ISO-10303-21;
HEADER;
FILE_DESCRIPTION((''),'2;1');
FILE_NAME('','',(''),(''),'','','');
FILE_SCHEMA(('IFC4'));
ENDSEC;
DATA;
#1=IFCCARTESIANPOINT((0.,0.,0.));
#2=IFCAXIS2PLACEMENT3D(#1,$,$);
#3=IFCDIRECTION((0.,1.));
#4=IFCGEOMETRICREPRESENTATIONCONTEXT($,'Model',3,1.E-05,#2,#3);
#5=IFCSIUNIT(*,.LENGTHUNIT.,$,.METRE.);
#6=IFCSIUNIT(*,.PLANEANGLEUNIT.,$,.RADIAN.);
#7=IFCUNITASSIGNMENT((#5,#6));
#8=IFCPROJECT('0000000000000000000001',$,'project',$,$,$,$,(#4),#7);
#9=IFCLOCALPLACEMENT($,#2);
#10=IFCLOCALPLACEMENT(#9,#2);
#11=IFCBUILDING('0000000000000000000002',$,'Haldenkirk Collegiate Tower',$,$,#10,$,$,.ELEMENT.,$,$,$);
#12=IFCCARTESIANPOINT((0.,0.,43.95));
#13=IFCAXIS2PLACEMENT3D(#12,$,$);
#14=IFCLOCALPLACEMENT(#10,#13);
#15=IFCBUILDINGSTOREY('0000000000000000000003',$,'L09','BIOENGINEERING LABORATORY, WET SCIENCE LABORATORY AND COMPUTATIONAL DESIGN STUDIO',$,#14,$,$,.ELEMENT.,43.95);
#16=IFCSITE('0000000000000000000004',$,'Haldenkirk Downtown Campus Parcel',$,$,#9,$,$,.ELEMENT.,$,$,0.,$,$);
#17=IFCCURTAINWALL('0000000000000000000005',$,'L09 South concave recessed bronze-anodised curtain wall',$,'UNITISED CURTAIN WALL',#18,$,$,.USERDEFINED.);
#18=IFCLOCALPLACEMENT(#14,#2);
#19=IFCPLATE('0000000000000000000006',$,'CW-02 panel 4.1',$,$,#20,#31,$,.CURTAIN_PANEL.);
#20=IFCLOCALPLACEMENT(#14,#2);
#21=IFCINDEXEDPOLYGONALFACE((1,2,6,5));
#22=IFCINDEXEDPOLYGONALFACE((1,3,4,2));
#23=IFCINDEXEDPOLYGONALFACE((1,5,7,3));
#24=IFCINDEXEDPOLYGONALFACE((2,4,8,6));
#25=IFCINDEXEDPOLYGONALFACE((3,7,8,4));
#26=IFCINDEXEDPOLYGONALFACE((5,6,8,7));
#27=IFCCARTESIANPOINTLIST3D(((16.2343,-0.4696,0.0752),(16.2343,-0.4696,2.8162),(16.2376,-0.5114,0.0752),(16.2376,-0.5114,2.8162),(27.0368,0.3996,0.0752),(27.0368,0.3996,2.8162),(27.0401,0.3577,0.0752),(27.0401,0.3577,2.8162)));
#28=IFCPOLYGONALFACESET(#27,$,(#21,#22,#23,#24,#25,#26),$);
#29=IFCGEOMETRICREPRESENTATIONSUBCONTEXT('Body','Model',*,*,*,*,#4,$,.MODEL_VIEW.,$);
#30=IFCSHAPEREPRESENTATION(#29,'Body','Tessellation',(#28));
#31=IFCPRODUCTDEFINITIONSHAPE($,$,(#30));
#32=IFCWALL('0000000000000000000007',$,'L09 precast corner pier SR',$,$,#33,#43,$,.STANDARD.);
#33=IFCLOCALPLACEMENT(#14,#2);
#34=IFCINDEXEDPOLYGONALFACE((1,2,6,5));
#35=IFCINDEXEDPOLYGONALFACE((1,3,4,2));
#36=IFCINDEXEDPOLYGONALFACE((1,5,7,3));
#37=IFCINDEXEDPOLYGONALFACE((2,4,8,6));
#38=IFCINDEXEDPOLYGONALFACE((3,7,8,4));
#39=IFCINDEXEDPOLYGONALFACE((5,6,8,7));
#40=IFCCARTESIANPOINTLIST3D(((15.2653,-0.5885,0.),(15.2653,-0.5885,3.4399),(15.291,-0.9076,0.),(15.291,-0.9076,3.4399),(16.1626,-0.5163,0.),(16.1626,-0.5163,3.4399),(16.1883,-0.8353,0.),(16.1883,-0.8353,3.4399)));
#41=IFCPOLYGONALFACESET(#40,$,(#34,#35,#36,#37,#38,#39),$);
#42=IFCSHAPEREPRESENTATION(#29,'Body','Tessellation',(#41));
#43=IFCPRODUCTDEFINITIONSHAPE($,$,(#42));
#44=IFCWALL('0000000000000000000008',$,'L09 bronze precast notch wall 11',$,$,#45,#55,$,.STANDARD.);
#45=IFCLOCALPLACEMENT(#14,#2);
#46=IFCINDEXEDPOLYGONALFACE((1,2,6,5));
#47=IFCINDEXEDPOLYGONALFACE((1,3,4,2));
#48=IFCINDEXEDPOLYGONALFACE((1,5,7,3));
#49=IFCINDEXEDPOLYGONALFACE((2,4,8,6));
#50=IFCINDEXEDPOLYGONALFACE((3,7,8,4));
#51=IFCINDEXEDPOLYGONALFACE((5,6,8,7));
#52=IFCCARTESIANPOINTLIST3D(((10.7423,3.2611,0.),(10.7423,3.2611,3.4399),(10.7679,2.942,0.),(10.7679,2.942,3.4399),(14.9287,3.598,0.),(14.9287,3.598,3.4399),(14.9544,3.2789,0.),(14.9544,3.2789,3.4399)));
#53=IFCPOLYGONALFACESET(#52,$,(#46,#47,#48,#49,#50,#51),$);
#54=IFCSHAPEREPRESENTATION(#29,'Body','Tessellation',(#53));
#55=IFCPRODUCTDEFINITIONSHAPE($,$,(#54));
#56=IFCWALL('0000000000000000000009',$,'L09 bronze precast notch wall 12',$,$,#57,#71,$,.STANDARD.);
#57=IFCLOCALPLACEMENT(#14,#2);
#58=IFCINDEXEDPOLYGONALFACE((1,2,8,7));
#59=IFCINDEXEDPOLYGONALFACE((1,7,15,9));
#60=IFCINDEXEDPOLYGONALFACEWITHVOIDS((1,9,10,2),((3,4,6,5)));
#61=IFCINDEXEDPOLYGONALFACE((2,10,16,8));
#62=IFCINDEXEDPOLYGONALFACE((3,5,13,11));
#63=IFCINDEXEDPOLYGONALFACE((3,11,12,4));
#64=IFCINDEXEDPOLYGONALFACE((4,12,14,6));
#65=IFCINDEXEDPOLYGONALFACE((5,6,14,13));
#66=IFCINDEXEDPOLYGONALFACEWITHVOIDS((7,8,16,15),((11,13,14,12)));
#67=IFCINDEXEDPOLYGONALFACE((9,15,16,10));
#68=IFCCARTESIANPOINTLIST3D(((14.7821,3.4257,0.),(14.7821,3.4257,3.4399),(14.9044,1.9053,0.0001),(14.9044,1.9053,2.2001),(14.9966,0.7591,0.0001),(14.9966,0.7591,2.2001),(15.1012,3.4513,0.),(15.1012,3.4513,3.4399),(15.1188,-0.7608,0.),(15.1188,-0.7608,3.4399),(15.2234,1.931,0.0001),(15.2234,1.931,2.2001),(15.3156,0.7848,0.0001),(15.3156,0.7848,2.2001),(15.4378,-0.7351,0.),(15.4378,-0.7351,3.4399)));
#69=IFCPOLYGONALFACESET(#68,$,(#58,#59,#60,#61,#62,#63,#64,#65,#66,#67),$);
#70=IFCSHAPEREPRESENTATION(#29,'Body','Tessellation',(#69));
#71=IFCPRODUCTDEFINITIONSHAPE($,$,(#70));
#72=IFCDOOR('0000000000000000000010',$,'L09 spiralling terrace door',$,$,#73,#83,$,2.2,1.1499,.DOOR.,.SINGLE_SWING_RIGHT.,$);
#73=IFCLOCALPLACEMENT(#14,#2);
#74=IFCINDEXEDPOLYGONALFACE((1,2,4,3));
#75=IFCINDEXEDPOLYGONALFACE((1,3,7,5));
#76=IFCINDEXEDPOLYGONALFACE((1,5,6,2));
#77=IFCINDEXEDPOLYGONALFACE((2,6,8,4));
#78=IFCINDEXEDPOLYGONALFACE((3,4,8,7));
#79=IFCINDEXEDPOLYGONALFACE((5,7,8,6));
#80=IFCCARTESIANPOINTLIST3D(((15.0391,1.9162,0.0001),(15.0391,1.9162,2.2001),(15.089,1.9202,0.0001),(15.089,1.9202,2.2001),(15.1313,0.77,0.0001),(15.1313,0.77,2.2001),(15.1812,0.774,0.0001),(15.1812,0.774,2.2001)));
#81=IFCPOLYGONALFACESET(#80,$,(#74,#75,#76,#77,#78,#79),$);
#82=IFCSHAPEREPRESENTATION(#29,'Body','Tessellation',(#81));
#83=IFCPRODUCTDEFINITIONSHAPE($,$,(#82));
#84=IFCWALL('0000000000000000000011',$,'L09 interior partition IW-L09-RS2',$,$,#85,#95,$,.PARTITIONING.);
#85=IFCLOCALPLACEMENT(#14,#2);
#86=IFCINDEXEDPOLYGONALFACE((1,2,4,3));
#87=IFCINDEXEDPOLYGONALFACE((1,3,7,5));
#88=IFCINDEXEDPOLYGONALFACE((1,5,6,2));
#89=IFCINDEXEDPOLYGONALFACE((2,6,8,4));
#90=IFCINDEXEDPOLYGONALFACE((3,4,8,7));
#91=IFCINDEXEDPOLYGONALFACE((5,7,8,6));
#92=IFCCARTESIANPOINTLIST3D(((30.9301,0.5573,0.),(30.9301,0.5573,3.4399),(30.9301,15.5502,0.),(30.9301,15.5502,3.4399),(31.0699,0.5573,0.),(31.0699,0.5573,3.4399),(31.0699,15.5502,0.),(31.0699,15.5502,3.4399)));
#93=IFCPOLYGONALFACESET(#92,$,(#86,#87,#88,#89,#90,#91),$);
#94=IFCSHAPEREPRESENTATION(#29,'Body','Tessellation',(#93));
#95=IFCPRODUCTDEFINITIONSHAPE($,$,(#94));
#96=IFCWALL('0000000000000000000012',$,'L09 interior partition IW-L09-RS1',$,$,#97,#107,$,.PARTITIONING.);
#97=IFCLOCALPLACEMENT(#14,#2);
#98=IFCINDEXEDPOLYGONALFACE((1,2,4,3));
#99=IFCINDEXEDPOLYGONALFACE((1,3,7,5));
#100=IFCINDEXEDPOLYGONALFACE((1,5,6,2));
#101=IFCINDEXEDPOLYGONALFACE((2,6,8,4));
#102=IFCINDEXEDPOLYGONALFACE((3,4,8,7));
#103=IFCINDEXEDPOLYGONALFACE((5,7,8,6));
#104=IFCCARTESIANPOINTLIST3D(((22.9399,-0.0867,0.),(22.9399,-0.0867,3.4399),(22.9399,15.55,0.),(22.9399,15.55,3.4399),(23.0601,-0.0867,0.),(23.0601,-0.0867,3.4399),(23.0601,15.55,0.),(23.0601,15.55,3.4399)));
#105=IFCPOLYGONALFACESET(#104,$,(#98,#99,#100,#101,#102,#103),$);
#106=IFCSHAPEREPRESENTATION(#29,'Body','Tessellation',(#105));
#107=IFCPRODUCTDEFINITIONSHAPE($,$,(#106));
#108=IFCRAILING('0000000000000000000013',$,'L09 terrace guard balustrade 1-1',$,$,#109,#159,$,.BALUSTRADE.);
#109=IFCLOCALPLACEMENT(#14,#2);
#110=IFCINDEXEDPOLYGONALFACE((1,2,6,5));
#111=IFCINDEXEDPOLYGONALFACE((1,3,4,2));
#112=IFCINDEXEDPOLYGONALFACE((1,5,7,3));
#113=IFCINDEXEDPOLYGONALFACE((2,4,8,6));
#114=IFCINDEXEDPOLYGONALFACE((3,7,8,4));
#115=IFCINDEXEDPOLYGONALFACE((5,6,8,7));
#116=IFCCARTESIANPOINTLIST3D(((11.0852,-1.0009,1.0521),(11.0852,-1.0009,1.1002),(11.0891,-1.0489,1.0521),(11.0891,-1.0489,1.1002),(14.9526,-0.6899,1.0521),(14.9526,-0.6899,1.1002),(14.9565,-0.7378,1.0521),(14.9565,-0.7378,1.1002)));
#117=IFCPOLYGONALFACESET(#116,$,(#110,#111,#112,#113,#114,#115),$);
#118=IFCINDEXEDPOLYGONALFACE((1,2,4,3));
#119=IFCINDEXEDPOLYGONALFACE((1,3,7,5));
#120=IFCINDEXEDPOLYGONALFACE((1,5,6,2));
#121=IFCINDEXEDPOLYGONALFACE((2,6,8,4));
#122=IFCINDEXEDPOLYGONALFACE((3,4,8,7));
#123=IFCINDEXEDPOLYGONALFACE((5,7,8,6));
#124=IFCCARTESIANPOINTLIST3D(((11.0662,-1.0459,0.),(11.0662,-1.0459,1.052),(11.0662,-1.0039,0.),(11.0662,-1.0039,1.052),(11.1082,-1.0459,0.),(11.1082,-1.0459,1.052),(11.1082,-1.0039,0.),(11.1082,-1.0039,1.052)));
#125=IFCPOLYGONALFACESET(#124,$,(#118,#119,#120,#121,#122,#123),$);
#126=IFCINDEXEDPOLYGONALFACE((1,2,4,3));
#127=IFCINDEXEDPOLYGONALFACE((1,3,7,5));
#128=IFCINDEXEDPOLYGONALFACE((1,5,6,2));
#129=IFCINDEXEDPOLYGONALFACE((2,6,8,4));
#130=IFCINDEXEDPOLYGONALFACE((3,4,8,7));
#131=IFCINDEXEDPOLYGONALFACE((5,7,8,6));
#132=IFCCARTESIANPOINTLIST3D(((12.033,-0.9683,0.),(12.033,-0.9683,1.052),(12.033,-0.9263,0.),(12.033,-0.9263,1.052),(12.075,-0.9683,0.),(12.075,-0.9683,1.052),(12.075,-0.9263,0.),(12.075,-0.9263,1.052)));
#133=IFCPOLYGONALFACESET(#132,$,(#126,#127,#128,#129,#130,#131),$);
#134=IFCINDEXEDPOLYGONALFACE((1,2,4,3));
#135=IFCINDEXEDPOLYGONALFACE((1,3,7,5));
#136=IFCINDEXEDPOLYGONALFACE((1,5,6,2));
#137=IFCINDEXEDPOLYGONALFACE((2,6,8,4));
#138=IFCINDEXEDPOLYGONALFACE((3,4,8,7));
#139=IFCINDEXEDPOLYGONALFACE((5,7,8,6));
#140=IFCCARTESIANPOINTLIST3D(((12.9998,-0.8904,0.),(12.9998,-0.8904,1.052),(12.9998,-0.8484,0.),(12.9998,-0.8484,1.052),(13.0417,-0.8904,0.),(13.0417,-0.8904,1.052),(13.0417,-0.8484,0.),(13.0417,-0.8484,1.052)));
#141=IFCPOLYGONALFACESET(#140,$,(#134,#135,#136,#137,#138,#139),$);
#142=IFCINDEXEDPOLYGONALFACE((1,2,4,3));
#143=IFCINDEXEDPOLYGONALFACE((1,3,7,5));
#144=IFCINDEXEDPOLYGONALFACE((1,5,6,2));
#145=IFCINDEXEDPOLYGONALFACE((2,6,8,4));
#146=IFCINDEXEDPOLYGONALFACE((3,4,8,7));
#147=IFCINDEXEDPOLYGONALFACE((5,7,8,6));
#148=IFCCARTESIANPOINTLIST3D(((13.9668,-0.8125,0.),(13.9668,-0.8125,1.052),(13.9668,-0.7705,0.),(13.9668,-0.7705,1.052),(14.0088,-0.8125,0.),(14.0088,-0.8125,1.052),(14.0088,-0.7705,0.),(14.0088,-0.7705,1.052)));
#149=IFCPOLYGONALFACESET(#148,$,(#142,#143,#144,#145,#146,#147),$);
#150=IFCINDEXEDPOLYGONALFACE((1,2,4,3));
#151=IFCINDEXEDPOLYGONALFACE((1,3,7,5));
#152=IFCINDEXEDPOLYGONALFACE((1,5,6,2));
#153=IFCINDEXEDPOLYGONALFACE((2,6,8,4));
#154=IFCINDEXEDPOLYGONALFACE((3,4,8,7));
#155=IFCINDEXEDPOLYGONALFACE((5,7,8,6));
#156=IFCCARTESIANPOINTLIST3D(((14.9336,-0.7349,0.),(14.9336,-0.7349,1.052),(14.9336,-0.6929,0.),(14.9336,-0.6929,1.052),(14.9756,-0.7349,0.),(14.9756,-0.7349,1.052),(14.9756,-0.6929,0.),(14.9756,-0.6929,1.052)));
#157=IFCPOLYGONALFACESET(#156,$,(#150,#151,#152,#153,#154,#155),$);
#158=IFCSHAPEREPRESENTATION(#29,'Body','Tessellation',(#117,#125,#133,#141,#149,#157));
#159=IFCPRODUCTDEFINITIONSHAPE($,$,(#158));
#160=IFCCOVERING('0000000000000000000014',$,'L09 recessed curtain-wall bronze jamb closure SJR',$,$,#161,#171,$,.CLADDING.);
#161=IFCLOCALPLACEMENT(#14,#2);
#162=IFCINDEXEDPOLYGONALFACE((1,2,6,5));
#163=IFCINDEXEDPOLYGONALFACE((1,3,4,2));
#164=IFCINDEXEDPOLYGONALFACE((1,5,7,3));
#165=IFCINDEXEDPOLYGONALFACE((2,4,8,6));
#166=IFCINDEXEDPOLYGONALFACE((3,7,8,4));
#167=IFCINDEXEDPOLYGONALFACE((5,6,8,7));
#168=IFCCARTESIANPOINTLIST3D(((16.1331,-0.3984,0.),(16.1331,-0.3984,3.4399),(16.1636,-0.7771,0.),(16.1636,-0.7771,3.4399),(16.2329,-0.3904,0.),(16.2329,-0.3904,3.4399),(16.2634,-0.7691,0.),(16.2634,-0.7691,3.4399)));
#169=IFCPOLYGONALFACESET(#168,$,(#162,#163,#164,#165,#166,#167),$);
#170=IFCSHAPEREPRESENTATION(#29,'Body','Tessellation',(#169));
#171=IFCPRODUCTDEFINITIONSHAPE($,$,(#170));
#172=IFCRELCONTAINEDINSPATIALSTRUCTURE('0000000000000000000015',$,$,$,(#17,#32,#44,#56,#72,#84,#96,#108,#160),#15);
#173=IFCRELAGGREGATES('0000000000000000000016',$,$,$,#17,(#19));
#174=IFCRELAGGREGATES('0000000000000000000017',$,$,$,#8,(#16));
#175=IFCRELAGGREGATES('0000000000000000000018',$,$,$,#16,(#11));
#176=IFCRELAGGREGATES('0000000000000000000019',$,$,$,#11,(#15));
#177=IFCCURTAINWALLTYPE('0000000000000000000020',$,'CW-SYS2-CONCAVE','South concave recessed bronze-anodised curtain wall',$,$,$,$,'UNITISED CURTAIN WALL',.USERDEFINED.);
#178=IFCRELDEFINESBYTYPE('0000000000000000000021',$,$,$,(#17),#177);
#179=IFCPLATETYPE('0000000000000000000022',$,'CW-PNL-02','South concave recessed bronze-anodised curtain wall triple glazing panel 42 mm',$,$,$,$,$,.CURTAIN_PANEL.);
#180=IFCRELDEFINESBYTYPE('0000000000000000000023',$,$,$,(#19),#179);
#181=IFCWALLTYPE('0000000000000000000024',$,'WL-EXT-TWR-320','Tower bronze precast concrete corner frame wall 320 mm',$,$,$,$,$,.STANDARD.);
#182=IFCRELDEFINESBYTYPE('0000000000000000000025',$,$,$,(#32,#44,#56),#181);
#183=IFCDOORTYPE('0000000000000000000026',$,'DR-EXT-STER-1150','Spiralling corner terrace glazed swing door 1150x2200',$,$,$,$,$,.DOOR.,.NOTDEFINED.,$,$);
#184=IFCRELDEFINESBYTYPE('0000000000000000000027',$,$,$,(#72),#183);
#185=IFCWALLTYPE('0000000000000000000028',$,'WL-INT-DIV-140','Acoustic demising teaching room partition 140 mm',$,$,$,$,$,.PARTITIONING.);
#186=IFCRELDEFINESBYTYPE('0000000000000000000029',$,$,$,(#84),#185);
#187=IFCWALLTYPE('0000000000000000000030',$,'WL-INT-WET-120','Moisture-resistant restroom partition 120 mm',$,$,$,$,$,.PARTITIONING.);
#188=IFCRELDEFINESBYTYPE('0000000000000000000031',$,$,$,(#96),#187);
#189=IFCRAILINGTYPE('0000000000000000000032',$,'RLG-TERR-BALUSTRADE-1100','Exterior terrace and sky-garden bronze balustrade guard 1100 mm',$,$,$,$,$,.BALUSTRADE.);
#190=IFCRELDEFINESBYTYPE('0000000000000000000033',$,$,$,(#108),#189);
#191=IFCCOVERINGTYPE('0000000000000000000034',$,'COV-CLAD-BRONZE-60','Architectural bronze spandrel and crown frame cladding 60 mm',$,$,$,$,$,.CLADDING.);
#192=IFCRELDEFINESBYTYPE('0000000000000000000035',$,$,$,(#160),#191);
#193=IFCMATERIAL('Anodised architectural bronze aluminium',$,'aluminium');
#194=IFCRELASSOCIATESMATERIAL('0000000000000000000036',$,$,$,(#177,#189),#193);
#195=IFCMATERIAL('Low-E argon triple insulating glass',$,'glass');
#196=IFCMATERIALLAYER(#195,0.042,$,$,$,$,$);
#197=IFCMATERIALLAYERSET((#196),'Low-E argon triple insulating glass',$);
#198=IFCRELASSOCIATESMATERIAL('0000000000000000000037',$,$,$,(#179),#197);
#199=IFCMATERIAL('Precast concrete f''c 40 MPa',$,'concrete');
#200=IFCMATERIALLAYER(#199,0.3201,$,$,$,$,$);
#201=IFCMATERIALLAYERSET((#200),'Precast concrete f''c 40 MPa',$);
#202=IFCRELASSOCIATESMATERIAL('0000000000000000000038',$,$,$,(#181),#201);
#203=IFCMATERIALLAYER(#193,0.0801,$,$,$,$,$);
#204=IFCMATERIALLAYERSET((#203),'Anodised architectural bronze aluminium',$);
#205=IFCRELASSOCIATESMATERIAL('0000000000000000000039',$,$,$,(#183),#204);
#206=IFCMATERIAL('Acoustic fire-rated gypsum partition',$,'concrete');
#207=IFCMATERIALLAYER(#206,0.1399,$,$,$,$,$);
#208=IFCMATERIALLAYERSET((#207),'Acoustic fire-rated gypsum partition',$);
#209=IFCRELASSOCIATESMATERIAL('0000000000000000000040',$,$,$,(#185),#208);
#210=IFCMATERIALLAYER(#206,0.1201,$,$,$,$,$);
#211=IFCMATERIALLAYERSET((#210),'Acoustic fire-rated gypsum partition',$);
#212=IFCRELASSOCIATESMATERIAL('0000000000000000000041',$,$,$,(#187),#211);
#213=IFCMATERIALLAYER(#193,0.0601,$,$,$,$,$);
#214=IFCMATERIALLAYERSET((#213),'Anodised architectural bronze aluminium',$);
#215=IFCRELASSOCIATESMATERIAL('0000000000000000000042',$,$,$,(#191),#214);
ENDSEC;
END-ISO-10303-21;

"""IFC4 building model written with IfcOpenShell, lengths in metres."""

from ifc_helpers import new_model, si_unit, direction, frame, frame_2d, origin, origin_2d, place, context, subcontext, project, spatial, rectangle, extrude, source, transform, mapped, material, layer, layer_set, type_object, element, fill, aggregate, save


model = new_model("IFC4")

# Units and contexts
model_context = context("Model", 3, precision=1e-05, world=origin(), true_north=direction((0.0, 1.0)))
body_context = subcontext(model_context, "Body", "Model", "MODEL_VIEW")
ifc_project = project(units=[si_unit("LENGTHUNIT", "METRE"), si_unit("PLANEANGLEUNIT", "RADIAN")], contexts=[model_context])

# Site, building, storey
site_placement = place(None, origin())
site = spatial("IfcSite", under=ifc_project, at=site_placement, Name="Haldenkirk Downtown Campus Parcel", CompositionType="ELEMENT", RefElevation=0.0)
building_placement = place(site_placement, origin())
building = spatial("IfcBuilding", under=site, at=building_placement, Name="Haldenkirk Collegiate Tower", CompositionType="ELEMENT")
storey_placement = place(building_placement, frame((0.0, 0.0, 43.95)))
storey = spatial("IfcBuildingStorey", under=building, at=storey_placement, Name="L09", Description="BIOENGINEERING LABORATORY, WET SCIENCE LABORATORY AND COMPUTATIONAL DESIGN STUDIO", CompositionType="ELEMENT", Elevation=43.95)

# Curtain wall, plate
ifc_material_1 = material(Name="Anodised architectural bronze aluminium", Category="aluminium")
curtain_wall_type = type_object("IfcCurtainWallType", Name="CW-SYS2-CONCAVE", Description="South concave recessed bronze-anodised curtain wall", ElementType="UNITISED CURTAIN WALL", PredefinedType="USERDEFINED", material=ifc_material_1)
curtain_wall_placement = place(storey_placement, origin())
curtain_wall = element("IfcCurtainWall", 1, at=curtain_wall_placement, inside=storey, type_object=curtain_wall_type, Name="L09 South concave recessed bronze-anodised curtain wall", ObjectType="UNITISED CURTAIN WALL", PredefinedType="USERDEFINED")
ifc_material_2 = material(Name="Low-E argon triple insulating glass", Category="glass")
ifc_layer_1 = layer(ifc_material_2, 0.042)
ifc_layer_set_1 = layer_set([ifc_layer_1], Name="Low-E argon triple insulating glass")
plate_type_1 = type_object("IfcPlateType", Name="CW-PNL-02", Description="South concave recessed bronze-anodised curtain wall triple glazing panel 42 mm", PredefinedType="CURTAIN_PANEL", material=ifc_layer_set_1)
shared_shape_1 = source(origin(), body_context, "Body", "SweptSolid", [
    extrude(rectangle(XDim=10.8374, YDim=0.042, at=origin_2d()), origin(), (0.0, 0.0, 1.0), 2.741),
])
plate_1_placement = place(storey_placement, frame((21.6372, -0.0559, 0.0752), z_axis=(0.0, 0.0, 1.0), x_axis=(-0.996779, -0.080199, 0.0)))
plate_1 = element("IfcPlate", 2, at=plate_1_placement, type_object=plate_type_1, Name="CW-02 panel 4.1", PredefinedType="CURTAIN_PANEL", context=body_context, shape_type="MappedRepresentation", body=[
    mapped(shared_shape_1, transform((0.0, 0.0, 0.0), x_axis=(1.0, 0.0, 0.0), y_axis=(0.0, 1.0, 0.0), z_axis=(0.0, 0.0, 1.0), scale=1.0)),
])
aggregate(curtain_wall, [plate_1])

# Walls
ifc_material_3 = material(Name="Precast concrete f'c 40 MPa", Category="concrete")
ifc_layer_2 = layer(ifc_material_3, 0.3201)
ifc_layer_set_2 = layer_set([ifc_layer_2], Name="Precast concrete f'c 40 MPa")
wall_type_1 = type_object("IfcWallType", Name="WL-EXT-TWR-320", Description="Tower bronze precast concrete corner frame wall 320 mm", PredefinedType="STANDARD", material=ifc_layer_set_2)
wall_1_placement = place(storey_placement, frame((16.1755, -0.6758, 0.0), z_axis=(0.0, 0.0, 1.0), x_axis=(-0.996772, -0.080284, 0.0)))
element("IfcWall", 3, at=wall_1_placement, inside=storey, type_object=wall_type_1, Name="L09 precast corner pier SR", PredefinedType="STANDARD", context=body_context, shape_type="SweptSolid", body=[
    extrude(rectangle(XDim=0.9001, YDim=0.3201, at=frame_2d((0.4502, 0.0))), origin(), (0.0, 0.0, 1.0), 3.4399),
])
wall_2_placement = place(storey_placement, frame((14.9417, 3.4385, 0.0), z_axis=(0.0, 0.0, 1.0), x_axis=(-0.996777, -0.080217, 0.0)))
element("IfcWall", 4, at=wall_2_placement, inside=storey, type_object=wall_type_1, Name="L09 bronze precast notch wall 11", PredefinedType="STANDARD", context=body_context, shape_type="SweptSolid", body=[
    extrude(rectangle(XDim=4.2, YDim=0.3201, at=frame_2d((2.1001, 0.0))), origin(), (0.0, 0.0, 1.0), 3.4399),
])

# Wall, opening, door
wall_3_placement = place(storey_placement, frame((15.2783, -0.748, 0.0), z_axis=(0.0, 0.0, 1.0), x_axis=(-0.080159, 0.996782, 0.0)))
wall_3 = element("IfcWall", 5, at=wall_3_placement, inside=storey, type_object=wall_type_1, Name="L09 bronze precast notch wall 12", PredefinedType="STANDARD", context=body_context, shape_type="SweptSolid", body=[
    extrude(rectangle(XDim=4.2, YDim=0.3201, at=frame_2d((2.1001, 0.0))), origin(), (0.0, 0.0, 1.0), 3.4399),
])
opening_placement = place(wall_3_placement, frame((1.5249, 0.0, 0.0)))
opening = element("IfcOpeningElement", 6, at=opening_placement, cuts=wall_3, PredefinedType="OPENING", context=body_context, shape_type="SweptSolid", body=[
    extrude(rectangle(XDim=1.1499, YDim=2.2, at=frame_2d((0.575, 1.1001))), frame((0.0, 0.1699, 0.0), z_axis=(0.0, -1.0, 0.0), x_axis=(1.0, 0.0, 0.0)), (0.0, 0.0, 1.0), 0.3401),
])
ifc_layer_3 = layer(ifc_material_1, 0.0801)
ifc_layer_set_3 = layer_set([ifc_layer_3], Name="Anodised architectural bronze aluminium")
door_type = type_object("IfcDoorType", Name="DR-EXT-STER-1150", Description="Spiralling corner terrace glazed swing door 1150x2200", OperationType="NOTDEFINED", PredefinedType="DOOR", material=ifc_layer_set_3)
door_placement = place(opening_placement, origin())
door = element("IfcDoor", 7, at=door_placement, inside=storey, type_object=door_type, Name="L09 spiralling terrace door", OperationType="SINGLE_SWING_RIGHT", OverallHeight=2.2, OverallWidth=1.1499, PredefinedType="DOOR", context=body_context, shape_type="SweptSolid", body=[
    extrude(rectangle(XDim=1.1499, YDim=2.2, at=frame_2d((0.575, 1.1001))), frame((0.0, 0.0249, 0.0), z_axis=(0.0, -1.0, 0.0), x_axis=(1.0, 0.0, 0.0)), (0.0, 0.0, 1.0), 0.05),
])
fill(opening, door)

# Walls
ifc_material_4 = material(Name="Acoustic fire-rated gypsum partition", Category="concrete")
ifc_layer_4 = layer(ifc_material_4, 0.1399)
ifc_layer_set_4 = layer_set([ifc_layer_4], Name="Acoustic fire-rated gypsum partition")
wall_type_2 = type_object("IfcWallType", Name="WL-INT-DIV-140", Description="Acoustic demising teaching room partition 140 mm", PredefinedType="PARTITIONING", material=ifc_layer_set_4)
wall_4_placement = place(storey_placement, frame((31.0, 0.5571, 0.0), z_axis=(0.0, 0.0, 1.0), x_axis=(0.0, 1.0, 0.0)))
element("IfcWall", 8, at=wall_4_placement, inside=storey, type_object=wall_type_2, Name="L09 interior partition IW-L09-RS2", PredefinedType="PARTITIONING", context=body_context, shape_type="SweptSolid", body=[
    extrude(rectangle(XDim=14.9929, YDim=0.1399, at=frame_2d((7.4966, 0.0))), origin(), (0.0, 0.0, 1.0), 3.4399),
])
ifc_layer_5 = layer(ifc_material_4, 0.1201)
ifc_layer_set_5 = layer_set([ifc_layer_5], Name="Acoustic fire-rated gypsum partition")
wall_type_3 = type_object("IfcWallType", Name="WL-INT-WET-120", Description="Moisture-resistant restroom partition 120 mm", PredefinedType="PARTITIONING", material=ifc_layer_set_5)
wall_5_placement = place(storey_placement, frame((23.0, -0.0867, 0.0), z_axis=(0.0, 0.0, 1.0), x_axis=(0.0, 1.0, 0.0)))
element("IfcWall", 9, at=wall_5_placement, inside=storey, type_object=wall_type_3, Name="L09 interior partition IW-L09-RS1", PredefinedType="PARTITIONING", context=body_context, shape_type="SweptSolid", body=[
    extrude(rectangle(XDim=15.6367, YDim=0.1201, at=frame_2d((7.8184, 0.0))), origin(), (0.0, 0.0, 1.0), 3.4399),
])

# Railing
railing_type = type_object("IfcRailingType", Name="RLG-TERR-BALUSTRADE-1100", Description="Exterior terrace and sky-garden bronze balustrade guard 1100 mm", PredefinedType="BALUSTRADE", material=ifc_material_1)
railing_placement = place(storey_placement, frame((11.0872, -1.0249, 0.0)))
element("IfcRailing", 10, at=railing_placement, inside=storey, type_object=railing_type, Name="L09 terrace guard balustrade 1-1", PredefinedType="BALUSTRADE", context=body_context, shape_type="SweptSolid", body=[
    extrude(rectangle(XDim=0.0481, YDim=0.0481, at=origin_2d()), frame((0.0, 0.0, 1.0762), z_axis=(0.996782, 0.080165, 0.0), x_axis=(-0.080165, 0.996782, 0.0)), (0.0, 0.0, 1.0), 3.8799),
    extrude(rectangle(XDim=0.042, YDim=0.042, at=origin_2d()), origin(), (0.0, 0.0, 1.0), 1.052),
    extrude(rectangle(XDim=0.042, YDim=0.042, at=origin_2d()), frame((0.9668, 0.0776, 0.0)), (0.0, 0.0, 1.0), 1.052),
    extrude(rectangle(XDim=0.042, YDim=0.042, at=origin_2d()), frame((1.9336, 0.1555, 0.0)), (0.0, 0.0, 1.0), 1.052),
    extrude(rectangle(XDim=0.042, YDim=0.042, at=origin_2d()), frame((2.9006, 0.2334, 0.0)), (0.0, 0.0, 1.0), 1.052),
    extrude(rectangle(XDim=0.042, YDim=0.042, at=origin_2d()), frame((3.8674, 0.311, 0.0)), (0.0, 0.0, 1.0), 1.052),
])

# Covering
ifc_layer_6 = layer(ifc_material_1, 0.0601)
ifc_layer_set_6 = layer_set([ifc_layer_6], Name="Anodised architectural bronze aluminium")
covering_type = type_object("IfcCoveringType", Name="COV-CLAD-BRONZE-60", Description="Architectural bronze spandrel and crown frame cladding 60 mm", PredefinedType="CLADDING", material=ifc_layer_set_6)
shared_shape_2 = source(origin(), body_context, "Body", "SweptSolid", [
    extrude(rectangle(XDim=0.1001, YDim=0.3799, at=origin_2d()), origin(), (0.0, 0.0, 1.0), 3.4399),
])
covering_placement = place(storey_placement, frame((16.1982, -0.5837, 0.0), z_axis=(0.0, 0.0, 1.0), x_axis=(-0.996779, -0.080199, 0.0)))
element("IfcCovering", 11, at=covering_placement, inside=storey, type_object=covering_type, Name="L09 recessed curtain-wall bronze jamb closure SJR", PredefinedType="CLADDING", context=body_context, shape_type="MappedRepresentation", body=[
    mapped(shared_shape_2, transform((0.0, 0.0, 0.0), x_axis=(1.0, 0.0, 0.0), y_axis=(0.0, 1.0, 0.0), z_axis=(0.0, 0.0, 1.0), scale=1.0)),
])

save(model, "model.ifc")
